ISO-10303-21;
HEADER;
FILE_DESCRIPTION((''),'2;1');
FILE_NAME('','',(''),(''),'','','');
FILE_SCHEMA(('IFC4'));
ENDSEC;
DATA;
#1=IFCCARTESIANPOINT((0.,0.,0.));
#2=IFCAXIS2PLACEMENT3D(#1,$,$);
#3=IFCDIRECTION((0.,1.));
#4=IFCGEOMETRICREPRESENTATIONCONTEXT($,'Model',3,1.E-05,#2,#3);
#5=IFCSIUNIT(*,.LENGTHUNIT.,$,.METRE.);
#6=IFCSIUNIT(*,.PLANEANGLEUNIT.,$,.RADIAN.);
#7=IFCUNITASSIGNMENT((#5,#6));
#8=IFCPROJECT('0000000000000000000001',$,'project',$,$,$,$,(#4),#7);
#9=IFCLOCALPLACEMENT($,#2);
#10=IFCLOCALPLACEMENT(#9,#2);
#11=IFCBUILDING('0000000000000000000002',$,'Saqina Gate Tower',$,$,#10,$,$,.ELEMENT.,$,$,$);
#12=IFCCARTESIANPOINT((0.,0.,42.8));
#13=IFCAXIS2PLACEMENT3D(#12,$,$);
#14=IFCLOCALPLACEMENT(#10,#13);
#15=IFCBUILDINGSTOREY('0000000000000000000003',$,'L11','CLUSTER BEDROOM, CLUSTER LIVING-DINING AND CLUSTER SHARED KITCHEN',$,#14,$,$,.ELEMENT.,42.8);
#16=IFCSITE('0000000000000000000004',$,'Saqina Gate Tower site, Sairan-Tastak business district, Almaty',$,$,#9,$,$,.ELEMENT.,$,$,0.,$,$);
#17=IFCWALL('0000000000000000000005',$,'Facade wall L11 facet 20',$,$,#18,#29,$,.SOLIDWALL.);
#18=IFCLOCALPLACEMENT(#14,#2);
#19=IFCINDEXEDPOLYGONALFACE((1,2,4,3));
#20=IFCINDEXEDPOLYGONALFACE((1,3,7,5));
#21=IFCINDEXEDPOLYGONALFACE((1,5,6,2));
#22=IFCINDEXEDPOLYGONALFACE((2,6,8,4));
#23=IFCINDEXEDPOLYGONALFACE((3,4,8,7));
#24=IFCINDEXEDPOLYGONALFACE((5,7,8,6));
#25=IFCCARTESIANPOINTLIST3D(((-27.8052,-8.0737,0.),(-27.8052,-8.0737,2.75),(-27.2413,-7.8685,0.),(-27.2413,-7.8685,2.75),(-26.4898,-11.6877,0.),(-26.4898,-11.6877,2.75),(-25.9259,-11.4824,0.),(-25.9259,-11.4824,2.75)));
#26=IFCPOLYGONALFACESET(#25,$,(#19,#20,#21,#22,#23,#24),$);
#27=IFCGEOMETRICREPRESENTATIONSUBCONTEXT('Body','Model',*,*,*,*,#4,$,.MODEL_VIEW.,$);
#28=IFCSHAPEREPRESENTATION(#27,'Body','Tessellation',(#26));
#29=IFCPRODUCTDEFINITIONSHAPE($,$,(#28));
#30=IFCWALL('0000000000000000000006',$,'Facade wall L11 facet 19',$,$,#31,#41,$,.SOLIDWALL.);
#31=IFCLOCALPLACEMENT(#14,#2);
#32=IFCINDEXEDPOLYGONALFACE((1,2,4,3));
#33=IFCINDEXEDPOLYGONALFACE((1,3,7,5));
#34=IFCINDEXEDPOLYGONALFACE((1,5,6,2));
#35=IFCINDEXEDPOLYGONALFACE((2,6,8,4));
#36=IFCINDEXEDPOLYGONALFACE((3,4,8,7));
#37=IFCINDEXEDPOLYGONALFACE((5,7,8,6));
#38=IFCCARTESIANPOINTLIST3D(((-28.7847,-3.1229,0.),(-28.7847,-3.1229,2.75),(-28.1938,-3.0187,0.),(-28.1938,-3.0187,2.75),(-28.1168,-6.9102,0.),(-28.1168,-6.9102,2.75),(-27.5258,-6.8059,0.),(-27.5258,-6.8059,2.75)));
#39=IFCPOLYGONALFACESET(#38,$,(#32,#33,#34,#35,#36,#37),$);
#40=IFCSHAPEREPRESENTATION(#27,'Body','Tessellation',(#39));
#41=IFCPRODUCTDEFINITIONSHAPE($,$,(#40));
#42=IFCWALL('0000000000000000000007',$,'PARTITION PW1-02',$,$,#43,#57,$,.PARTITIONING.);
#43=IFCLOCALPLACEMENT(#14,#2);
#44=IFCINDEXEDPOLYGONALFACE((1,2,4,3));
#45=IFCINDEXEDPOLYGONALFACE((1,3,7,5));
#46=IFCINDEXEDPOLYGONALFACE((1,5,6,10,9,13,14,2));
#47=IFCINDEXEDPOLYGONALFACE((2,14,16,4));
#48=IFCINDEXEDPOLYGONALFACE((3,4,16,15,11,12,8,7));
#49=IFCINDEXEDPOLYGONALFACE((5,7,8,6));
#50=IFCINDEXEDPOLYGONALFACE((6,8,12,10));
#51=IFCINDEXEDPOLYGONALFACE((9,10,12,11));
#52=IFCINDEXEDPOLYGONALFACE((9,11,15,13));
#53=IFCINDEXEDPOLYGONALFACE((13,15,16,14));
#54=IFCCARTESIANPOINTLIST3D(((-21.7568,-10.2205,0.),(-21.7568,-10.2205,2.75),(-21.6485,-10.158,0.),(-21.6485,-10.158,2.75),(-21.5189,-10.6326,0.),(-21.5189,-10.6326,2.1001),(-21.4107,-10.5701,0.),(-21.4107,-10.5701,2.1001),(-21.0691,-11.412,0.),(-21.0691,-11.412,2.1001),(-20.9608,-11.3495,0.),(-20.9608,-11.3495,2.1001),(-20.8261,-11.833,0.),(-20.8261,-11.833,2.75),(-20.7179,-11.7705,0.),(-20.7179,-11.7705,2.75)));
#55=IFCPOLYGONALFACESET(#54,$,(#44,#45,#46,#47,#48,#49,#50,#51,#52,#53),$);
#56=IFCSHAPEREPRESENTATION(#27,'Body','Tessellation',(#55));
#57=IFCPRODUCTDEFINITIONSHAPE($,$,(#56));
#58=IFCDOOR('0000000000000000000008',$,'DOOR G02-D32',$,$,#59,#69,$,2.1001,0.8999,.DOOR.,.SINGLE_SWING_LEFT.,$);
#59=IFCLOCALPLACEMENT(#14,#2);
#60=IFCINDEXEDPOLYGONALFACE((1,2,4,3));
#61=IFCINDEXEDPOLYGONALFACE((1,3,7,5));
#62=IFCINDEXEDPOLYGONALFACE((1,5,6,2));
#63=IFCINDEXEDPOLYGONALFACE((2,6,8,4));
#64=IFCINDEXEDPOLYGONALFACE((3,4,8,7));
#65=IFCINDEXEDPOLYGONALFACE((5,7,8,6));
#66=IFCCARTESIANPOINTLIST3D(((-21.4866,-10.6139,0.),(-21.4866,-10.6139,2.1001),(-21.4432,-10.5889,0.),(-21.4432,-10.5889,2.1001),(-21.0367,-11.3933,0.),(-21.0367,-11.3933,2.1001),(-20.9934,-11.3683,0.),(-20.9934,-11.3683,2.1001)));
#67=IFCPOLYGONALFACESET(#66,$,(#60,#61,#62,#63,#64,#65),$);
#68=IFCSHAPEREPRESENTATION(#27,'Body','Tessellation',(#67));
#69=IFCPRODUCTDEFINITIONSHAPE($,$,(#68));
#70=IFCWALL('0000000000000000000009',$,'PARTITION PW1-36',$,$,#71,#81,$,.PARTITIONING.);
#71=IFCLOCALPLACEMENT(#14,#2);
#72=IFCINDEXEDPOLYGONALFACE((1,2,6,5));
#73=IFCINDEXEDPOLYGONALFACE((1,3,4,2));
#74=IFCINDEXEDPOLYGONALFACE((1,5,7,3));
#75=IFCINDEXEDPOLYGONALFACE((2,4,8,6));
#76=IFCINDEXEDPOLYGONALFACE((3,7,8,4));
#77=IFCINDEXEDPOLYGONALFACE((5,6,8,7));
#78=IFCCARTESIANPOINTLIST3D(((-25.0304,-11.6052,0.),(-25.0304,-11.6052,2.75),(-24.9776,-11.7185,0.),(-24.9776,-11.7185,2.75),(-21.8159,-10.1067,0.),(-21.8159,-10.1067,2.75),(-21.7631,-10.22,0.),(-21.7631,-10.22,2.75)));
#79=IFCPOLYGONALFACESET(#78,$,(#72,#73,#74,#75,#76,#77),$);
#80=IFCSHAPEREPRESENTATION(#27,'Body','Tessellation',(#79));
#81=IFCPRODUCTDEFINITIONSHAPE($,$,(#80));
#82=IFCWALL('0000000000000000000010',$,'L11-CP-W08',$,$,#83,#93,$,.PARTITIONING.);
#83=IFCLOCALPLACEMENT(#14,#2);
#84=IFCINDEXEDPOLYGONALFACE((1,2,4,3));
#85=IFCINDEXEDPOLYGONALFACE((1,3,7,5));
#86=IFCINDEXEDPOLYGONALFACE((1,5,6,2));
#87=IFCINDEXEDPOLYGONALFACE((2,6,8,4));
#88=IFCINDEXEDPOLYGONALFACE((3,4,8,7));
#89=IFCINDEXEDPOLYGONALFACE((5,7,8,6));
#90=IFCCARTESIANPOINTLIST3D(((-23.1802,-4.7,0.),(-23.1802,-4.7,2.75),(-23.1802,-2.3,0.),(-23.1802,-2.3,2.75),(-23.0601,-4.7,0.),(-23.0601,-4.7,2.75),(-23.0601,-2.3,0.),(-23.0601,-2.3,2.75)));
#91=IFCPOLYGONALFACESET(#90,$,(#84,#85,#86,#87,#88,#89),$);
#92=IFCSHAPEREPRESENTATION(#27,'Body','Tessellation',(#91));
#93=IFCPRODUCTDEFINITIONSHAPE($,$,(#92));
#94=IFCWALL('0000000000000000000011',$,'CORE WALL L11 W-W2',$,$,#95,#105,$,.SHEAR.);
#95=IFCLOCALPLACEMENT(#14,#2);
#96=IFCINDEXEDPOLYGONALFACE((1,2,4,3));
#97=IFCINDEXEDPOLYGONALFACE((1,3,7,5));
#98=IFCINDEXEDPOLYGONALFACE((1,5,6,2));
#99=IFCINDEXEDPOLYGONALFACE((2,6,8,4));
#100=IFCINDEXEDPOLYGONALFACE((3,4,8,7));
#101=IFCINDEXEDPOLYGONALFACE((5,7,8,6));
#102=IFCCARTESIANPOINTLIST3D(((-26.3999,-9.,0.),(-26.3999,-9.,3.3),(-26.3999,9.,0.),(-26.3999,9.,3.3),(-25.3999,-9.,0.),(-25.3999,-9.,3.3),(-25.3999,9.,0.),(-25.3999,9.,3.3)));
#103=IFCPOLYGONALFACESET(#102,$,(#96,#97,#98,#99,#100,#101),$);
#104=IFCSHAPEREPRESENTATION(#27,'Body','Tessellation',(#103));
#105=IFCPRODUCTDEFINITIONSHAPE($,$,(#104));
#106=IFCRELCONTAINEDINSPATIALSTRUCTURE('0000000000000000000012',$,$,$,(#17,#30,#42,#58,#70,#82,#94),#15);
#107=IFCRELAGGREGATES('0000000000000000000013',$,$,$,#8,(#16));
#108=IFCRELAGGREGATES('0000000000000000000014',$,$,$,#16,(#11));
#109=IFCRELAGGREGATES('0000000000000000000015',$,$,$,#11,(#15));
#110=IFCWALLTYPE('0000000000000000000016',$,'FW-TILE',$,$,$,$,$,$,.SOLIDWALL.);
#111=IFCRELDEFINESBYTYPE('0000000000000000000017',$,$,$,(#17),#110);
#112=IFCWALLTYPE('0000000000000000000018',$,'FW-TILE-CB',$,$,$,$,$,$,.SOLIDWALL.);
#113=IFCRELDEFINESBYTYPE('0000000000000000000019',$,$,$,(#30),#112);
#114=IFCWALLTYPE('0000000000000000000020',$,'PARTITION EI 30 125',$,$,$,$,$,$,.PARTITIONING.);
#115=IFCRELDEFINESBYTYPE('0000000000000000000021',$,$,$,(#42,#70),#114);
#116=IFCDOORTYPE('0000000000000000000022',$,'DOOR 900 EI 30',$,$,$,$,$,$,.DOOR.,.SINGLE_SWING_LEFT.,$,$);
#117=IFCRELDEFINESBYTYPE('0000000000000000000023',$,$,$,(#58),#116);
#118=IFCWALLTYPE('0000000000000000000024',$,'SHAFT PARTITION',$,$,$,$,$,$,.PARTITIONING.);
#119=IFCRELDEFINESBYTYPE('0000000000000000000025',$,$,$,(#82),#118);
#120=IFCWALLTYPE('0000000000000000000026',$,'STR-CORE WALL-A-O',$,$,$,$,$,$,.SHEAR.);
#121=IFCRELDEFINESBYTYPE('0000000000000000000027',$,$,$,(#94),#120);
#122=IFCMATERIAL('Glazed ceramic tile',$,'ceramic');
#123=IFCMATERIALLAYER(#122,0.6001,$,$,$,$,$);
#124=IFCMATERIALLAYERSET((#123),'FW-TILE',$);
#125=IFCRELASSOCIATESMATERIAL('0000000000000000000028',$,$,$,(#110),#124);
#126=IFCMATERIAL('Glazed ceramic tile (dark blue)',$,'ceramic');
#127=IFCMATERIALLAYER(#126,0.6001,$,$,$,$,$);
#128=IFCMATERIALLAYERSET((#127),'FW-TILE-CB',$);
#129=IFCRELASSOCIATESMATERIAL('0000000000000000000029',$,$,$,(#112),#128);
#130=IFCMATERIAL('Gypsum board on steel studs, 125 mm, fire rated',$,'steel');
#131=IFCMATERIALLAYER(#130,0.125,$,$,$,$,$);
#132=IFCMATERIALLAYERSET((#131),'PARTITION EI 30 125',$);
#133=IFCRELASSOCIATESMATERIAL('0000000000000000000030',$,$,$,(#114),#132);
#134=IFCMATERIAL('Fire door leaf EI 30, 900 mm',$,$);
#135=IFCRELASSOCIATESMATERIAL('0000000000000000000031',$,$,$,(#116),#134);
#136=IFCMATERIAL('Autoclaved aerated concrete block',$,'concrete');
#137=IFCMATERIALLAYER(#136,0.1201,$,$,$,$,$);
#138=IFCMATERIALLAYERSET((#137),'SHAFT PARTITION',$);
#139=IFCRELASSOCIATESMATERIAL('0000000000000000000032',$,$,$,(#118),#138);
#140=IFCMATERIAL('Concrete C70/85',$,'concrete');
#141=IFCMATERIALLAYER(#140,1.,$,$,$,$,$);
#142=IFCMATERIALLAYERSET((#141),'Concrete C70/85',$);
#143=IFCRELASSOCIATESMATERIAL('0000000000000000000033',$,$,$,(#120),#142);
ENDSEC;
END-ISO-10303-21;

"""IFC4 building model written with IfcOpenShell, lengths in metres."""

from ifc_helpers import new_model, si_unit, direction, frame, frame_2d, origin, place, context, subcontext, project, spatial, rectangle, extrude, material, layer, layer_set, type_object, element, fill, save


model = new_model("IFC4")

# Units and contexts
model_context = context("Model", 3, precision=1e-05, world=origin(), true_north=direction((0.0, 1.0)))
body_context = subcontext(model_context, "Body", "Model", "MODEL_VIEW")
ifc_project = project(units=[si_unit("LENGTHUNIT", "METRE"), si_unit("PLANEANGLEUNIT", "RADIAN")], contexts=[model_context])

# Site, building, storey
site_placement = place(None, origin())
site = spatial("IfcSite", under=ifc_project, at=site_placement, Name="Saqina Gate Tower site, Sairan-Tastak business district, Almaty", CompositionType="ELEMENT", RefElevation=0.0)
building_placement = place(site_placement, origin())
building = spatial("IfcBuilding", under=site, at=building_placement, Name="Saqina Gate Tower", CompositionType="ELEMENT")
storey_placement = place(building_placement, frame((0.0, 0.0, 42.8)))
storey = spatial("IfcBuildingStorey", under=building, at=storey_placement, Name="L11", Description="CLUSTER BEDROOM, CLUSTER LIVING-DINING AND CLUSTER SHARED KITCHEN", CompositionType="ELEMENT", Elevation=42.8)

# Walls
ifc_material_1 = material(Name="Glazed ceramic tile", Category="ceramic")
ifc_layer_1 = layer(ifc_material_1, 0.6001)
ifc_layer_set_1 = layer_set([ifc_layer_1], Name="FW-TILE")
wall_type_1 = type_object("IfcWallType", Name="FW-TILE", PredefinedType="SOLIDWALL", material=ifc_layer_set_1)
wall_1_placement = place(storey_placement, frame((-27.5232, -7.9712, 0.0), z_axis=(0.0, 0.0, 1.0), x_axis=(0.342028, -0.93969, 0.0)))
element("IfcWall", 1, at=wall_1_placement, inside=storey, type_object=wall_type_1, Name="Facade wall L11 facet 20", PredefinedType="SOLIDWALL", context=body_context, shape_type="SweptSolid", body=[
    extrude(rectangle(XDim=3.8459, YDim=0.6001, at=frame_2d((1.9229, 0.0))), origin(), (0.0, 0.0, 1.0), 2.75),
])
ifc_material_2 = material(Name="Glazed ceramic tile (dark blue)", Category="ceramic")
ifc_layer_2 = layer(ifc_material_2, 0.6001)
ifc_layer_set_2 = layer_set([ifc_layer_2], Name="FW-TILE-CB")
wall_type_2 = type_object("IfcWallType", Name="FW-TILE-CB", PredefinedType="SOLIDWALL", material=ifc_layer_set_2)
wall_2_placement = place(storey_placement, frame((-28.4893, -3.0708, 0.0), z_axis=(0.0, 0.0, 1.0), x_axis=(0.173688, -0.984801, 0.0)))
element("IfcWall", 2, at=wall_2_placement, inside=storey, type_object=wall_type_2, Name="Facade wall L11 facet 19", PredefinedType="SOLIDWALL", context=body_context, shape_type="SweptSolid", body=[
    extrude(rectangle(XDim=3.8457, YDim=0.6001, at=frame_2d((1.9229, 0.0))), origin(), (0.0, 0.0, 1.0), 2.75),
])

# Wall, opening, door
ifc_material_3 = material(Name="Gypsum board on steel studs, 125 mm, fire rated", Category="steel")
ifc_layer_3 = layer(ifc_material_3, 0.125)
ifc_layer_set_3 = layer_set([ifc_layer_3], Name="PARTITION EI 30 125")
wall_type_3 = type_object("IfcWallType", Name="PARTITION EI 30 125", PredefinedType="PARTITIONING", material=ifc_layer_set_3)
wall_3_placement = place(storey_placement, frame((-21.7026, -10.1892, 0.0), z_axis=(0.0, 0.0, 1.0), x_axis=(0.499862, -0.866105, 0.0)))
wall_3 = element("IfcWall", 3, at=wall_3_placement, inside=storey, type_object=wall_type_3, Name="PARTITION PW1-02", PredefinedType="PARTITIONING", context=body_context, shape_type="SweptSolid", body=[
    extrude(rectangle(XDim=1.8618, YDim=0.125, at=frame_2d((0.9309, 0.0))), origin(), (0.0, 0.0, 1.0), 2.75),
])
opening_1_placement = place(wall_3_placement, frame((0.4758, 0.0, 0.0)))
opening_1 = element("IfcOpeningElement", 4, at=opening_1_placement, cuts=wall_3, PredefinedType="OPENING", context=body_context, shape_type="SweptSolid", body=[
    extrude(rectangle(XDim=0.8999, YDim=2.1001, at=frame_2d((0.45, 1.05))), frame((0.0, 0.0745, 0.0), z_axis=(0.0, -1.0, 0.0), x_axis=(1.0, 0.0, 0.0)), (0.0, 0.0, 1.0), 0.1489),
])
ifc_material_4 = material(Name="Fire door leaf EI 30, 900 mm")
door_type_1 = type_object("IfcDoorType", Name="DOOR 900 EI 30", OperationType="SINGLE_SWING_LEFT", PredefinedType="DOOR", material=ifc_material_4)
door_1_placement = place(opening_1_placement, origin())
door_1 = element("IfcDoor", 5, at=door_1_placement, inside=storey, type_object=door_type_1, Name="DOOR G02-D32", OperationType="SINGLE_SWING_LEFT", OverallHeight=2.1001, OverallWidth=0.8999, PredefinedType="DOOR", context=body_context, shape_type="SweptSolid", body=[
    extrude(rectangle(XDim=0.8999, YDim=2.1001, at=frame_2d((0.45, 1.05))), frame((0.0, 0.0249, 0.0), z_axis=(0.0, -1.0, 0.0), x_axis=(1.0, 0.0, 0.0)), (0.0, 0.0, 1.0), 0.05),
])
fill(opening_1, door_1)

# Walls
wall_4_placement = place(storey_placement, frame((-25.0042, -11.6619, 0.0), z_axis=(0.0, 0.0, 1.0), x_axis=(0.906357, 0.422512, 0.0)))
element("IfcWall", 6, at=wall_4_placement, inside=storey, type_object=wall_type_3, Name="PARTITION PW1-36", PredefinedType="PARTITIONING", context=body_context, shape_type="SweptSolid", body=[
    extrude(rectangle(XDim=3.5466, YDim=0.125, at=frame_2d((1.7734, 0.0))), origin(), (0.0, 0.0, 1.0), 2.75),
])
ifc_material_5 = material(Name="Autoclaved aerated concrete block", Category="concrete")
ifc_layer_4 = layer(ifc_material_5, 0.1201)
ifc_layer_set_4 = layer_set([ifc_layer_4], Name="SHAFT PARTITION")
wall_type_4 = type_object("IfcWallType", Name="SHAFT PARTITION", PredefinedType="PARTITIONING", material=ifc_layer_set_4)
wall_5_placement = place(storey_placement, frame((-23.1201, -4.7, 0.0), z_axis=(0.0, 0.0, 1.0), x_axis=(0.0, 1.0, 0.0)))
element("IfcWall", 7, at=wall_5_placement, inside=storey, type_object=wall_type_4, Name="L11-CP-W08", PredefinedType="PARTITIONING", context=body_context, shape_type="SweptSolid", body=[
    extrude(rectangle(XDim=2.3999, YDim=0.1201, at=frame_2d((1.2, 0.0))), origin(), (0.0, 0.0, 1.0), 2.75),
])
ifc_material_6 = material(Name="Concrete C70/85", Category="concrete")
ifc_layer_5 = layer(ifc_material_6, 1.0)
ifc_layer_set_5 = layer_set([ifc_layer_5], Name="Concrete C70/85")
wall_type_5 = type_object("IfcWallType", Name="STR-CORE WALL-A-O", PredefinedType="SHEAR", material=ifc_layer_set_5)
wall_6_placement = place(storey_placement, frame((-25.8999, -9.0, 0.0), z_axis=(0.0, 0.0, 1.0), x_axis=(0.0, 1.0, 0.0)))
element("IfcWall", 8, at=wall_6_placement, inside=storey, type_object=wall_type_5, Name="CORE WALL L11 W-W2", PredefinedType="SHEAR", context=body_context, shape_type="SweptSolid", body=[
    extrude(rectangle(XDim=18.0, YDim=1.0, at=frame_2d((9.0, 0.0))), origin(), (0.0, 0.0, 1.0), 3.3),
])

save(model, "model.ifc")
